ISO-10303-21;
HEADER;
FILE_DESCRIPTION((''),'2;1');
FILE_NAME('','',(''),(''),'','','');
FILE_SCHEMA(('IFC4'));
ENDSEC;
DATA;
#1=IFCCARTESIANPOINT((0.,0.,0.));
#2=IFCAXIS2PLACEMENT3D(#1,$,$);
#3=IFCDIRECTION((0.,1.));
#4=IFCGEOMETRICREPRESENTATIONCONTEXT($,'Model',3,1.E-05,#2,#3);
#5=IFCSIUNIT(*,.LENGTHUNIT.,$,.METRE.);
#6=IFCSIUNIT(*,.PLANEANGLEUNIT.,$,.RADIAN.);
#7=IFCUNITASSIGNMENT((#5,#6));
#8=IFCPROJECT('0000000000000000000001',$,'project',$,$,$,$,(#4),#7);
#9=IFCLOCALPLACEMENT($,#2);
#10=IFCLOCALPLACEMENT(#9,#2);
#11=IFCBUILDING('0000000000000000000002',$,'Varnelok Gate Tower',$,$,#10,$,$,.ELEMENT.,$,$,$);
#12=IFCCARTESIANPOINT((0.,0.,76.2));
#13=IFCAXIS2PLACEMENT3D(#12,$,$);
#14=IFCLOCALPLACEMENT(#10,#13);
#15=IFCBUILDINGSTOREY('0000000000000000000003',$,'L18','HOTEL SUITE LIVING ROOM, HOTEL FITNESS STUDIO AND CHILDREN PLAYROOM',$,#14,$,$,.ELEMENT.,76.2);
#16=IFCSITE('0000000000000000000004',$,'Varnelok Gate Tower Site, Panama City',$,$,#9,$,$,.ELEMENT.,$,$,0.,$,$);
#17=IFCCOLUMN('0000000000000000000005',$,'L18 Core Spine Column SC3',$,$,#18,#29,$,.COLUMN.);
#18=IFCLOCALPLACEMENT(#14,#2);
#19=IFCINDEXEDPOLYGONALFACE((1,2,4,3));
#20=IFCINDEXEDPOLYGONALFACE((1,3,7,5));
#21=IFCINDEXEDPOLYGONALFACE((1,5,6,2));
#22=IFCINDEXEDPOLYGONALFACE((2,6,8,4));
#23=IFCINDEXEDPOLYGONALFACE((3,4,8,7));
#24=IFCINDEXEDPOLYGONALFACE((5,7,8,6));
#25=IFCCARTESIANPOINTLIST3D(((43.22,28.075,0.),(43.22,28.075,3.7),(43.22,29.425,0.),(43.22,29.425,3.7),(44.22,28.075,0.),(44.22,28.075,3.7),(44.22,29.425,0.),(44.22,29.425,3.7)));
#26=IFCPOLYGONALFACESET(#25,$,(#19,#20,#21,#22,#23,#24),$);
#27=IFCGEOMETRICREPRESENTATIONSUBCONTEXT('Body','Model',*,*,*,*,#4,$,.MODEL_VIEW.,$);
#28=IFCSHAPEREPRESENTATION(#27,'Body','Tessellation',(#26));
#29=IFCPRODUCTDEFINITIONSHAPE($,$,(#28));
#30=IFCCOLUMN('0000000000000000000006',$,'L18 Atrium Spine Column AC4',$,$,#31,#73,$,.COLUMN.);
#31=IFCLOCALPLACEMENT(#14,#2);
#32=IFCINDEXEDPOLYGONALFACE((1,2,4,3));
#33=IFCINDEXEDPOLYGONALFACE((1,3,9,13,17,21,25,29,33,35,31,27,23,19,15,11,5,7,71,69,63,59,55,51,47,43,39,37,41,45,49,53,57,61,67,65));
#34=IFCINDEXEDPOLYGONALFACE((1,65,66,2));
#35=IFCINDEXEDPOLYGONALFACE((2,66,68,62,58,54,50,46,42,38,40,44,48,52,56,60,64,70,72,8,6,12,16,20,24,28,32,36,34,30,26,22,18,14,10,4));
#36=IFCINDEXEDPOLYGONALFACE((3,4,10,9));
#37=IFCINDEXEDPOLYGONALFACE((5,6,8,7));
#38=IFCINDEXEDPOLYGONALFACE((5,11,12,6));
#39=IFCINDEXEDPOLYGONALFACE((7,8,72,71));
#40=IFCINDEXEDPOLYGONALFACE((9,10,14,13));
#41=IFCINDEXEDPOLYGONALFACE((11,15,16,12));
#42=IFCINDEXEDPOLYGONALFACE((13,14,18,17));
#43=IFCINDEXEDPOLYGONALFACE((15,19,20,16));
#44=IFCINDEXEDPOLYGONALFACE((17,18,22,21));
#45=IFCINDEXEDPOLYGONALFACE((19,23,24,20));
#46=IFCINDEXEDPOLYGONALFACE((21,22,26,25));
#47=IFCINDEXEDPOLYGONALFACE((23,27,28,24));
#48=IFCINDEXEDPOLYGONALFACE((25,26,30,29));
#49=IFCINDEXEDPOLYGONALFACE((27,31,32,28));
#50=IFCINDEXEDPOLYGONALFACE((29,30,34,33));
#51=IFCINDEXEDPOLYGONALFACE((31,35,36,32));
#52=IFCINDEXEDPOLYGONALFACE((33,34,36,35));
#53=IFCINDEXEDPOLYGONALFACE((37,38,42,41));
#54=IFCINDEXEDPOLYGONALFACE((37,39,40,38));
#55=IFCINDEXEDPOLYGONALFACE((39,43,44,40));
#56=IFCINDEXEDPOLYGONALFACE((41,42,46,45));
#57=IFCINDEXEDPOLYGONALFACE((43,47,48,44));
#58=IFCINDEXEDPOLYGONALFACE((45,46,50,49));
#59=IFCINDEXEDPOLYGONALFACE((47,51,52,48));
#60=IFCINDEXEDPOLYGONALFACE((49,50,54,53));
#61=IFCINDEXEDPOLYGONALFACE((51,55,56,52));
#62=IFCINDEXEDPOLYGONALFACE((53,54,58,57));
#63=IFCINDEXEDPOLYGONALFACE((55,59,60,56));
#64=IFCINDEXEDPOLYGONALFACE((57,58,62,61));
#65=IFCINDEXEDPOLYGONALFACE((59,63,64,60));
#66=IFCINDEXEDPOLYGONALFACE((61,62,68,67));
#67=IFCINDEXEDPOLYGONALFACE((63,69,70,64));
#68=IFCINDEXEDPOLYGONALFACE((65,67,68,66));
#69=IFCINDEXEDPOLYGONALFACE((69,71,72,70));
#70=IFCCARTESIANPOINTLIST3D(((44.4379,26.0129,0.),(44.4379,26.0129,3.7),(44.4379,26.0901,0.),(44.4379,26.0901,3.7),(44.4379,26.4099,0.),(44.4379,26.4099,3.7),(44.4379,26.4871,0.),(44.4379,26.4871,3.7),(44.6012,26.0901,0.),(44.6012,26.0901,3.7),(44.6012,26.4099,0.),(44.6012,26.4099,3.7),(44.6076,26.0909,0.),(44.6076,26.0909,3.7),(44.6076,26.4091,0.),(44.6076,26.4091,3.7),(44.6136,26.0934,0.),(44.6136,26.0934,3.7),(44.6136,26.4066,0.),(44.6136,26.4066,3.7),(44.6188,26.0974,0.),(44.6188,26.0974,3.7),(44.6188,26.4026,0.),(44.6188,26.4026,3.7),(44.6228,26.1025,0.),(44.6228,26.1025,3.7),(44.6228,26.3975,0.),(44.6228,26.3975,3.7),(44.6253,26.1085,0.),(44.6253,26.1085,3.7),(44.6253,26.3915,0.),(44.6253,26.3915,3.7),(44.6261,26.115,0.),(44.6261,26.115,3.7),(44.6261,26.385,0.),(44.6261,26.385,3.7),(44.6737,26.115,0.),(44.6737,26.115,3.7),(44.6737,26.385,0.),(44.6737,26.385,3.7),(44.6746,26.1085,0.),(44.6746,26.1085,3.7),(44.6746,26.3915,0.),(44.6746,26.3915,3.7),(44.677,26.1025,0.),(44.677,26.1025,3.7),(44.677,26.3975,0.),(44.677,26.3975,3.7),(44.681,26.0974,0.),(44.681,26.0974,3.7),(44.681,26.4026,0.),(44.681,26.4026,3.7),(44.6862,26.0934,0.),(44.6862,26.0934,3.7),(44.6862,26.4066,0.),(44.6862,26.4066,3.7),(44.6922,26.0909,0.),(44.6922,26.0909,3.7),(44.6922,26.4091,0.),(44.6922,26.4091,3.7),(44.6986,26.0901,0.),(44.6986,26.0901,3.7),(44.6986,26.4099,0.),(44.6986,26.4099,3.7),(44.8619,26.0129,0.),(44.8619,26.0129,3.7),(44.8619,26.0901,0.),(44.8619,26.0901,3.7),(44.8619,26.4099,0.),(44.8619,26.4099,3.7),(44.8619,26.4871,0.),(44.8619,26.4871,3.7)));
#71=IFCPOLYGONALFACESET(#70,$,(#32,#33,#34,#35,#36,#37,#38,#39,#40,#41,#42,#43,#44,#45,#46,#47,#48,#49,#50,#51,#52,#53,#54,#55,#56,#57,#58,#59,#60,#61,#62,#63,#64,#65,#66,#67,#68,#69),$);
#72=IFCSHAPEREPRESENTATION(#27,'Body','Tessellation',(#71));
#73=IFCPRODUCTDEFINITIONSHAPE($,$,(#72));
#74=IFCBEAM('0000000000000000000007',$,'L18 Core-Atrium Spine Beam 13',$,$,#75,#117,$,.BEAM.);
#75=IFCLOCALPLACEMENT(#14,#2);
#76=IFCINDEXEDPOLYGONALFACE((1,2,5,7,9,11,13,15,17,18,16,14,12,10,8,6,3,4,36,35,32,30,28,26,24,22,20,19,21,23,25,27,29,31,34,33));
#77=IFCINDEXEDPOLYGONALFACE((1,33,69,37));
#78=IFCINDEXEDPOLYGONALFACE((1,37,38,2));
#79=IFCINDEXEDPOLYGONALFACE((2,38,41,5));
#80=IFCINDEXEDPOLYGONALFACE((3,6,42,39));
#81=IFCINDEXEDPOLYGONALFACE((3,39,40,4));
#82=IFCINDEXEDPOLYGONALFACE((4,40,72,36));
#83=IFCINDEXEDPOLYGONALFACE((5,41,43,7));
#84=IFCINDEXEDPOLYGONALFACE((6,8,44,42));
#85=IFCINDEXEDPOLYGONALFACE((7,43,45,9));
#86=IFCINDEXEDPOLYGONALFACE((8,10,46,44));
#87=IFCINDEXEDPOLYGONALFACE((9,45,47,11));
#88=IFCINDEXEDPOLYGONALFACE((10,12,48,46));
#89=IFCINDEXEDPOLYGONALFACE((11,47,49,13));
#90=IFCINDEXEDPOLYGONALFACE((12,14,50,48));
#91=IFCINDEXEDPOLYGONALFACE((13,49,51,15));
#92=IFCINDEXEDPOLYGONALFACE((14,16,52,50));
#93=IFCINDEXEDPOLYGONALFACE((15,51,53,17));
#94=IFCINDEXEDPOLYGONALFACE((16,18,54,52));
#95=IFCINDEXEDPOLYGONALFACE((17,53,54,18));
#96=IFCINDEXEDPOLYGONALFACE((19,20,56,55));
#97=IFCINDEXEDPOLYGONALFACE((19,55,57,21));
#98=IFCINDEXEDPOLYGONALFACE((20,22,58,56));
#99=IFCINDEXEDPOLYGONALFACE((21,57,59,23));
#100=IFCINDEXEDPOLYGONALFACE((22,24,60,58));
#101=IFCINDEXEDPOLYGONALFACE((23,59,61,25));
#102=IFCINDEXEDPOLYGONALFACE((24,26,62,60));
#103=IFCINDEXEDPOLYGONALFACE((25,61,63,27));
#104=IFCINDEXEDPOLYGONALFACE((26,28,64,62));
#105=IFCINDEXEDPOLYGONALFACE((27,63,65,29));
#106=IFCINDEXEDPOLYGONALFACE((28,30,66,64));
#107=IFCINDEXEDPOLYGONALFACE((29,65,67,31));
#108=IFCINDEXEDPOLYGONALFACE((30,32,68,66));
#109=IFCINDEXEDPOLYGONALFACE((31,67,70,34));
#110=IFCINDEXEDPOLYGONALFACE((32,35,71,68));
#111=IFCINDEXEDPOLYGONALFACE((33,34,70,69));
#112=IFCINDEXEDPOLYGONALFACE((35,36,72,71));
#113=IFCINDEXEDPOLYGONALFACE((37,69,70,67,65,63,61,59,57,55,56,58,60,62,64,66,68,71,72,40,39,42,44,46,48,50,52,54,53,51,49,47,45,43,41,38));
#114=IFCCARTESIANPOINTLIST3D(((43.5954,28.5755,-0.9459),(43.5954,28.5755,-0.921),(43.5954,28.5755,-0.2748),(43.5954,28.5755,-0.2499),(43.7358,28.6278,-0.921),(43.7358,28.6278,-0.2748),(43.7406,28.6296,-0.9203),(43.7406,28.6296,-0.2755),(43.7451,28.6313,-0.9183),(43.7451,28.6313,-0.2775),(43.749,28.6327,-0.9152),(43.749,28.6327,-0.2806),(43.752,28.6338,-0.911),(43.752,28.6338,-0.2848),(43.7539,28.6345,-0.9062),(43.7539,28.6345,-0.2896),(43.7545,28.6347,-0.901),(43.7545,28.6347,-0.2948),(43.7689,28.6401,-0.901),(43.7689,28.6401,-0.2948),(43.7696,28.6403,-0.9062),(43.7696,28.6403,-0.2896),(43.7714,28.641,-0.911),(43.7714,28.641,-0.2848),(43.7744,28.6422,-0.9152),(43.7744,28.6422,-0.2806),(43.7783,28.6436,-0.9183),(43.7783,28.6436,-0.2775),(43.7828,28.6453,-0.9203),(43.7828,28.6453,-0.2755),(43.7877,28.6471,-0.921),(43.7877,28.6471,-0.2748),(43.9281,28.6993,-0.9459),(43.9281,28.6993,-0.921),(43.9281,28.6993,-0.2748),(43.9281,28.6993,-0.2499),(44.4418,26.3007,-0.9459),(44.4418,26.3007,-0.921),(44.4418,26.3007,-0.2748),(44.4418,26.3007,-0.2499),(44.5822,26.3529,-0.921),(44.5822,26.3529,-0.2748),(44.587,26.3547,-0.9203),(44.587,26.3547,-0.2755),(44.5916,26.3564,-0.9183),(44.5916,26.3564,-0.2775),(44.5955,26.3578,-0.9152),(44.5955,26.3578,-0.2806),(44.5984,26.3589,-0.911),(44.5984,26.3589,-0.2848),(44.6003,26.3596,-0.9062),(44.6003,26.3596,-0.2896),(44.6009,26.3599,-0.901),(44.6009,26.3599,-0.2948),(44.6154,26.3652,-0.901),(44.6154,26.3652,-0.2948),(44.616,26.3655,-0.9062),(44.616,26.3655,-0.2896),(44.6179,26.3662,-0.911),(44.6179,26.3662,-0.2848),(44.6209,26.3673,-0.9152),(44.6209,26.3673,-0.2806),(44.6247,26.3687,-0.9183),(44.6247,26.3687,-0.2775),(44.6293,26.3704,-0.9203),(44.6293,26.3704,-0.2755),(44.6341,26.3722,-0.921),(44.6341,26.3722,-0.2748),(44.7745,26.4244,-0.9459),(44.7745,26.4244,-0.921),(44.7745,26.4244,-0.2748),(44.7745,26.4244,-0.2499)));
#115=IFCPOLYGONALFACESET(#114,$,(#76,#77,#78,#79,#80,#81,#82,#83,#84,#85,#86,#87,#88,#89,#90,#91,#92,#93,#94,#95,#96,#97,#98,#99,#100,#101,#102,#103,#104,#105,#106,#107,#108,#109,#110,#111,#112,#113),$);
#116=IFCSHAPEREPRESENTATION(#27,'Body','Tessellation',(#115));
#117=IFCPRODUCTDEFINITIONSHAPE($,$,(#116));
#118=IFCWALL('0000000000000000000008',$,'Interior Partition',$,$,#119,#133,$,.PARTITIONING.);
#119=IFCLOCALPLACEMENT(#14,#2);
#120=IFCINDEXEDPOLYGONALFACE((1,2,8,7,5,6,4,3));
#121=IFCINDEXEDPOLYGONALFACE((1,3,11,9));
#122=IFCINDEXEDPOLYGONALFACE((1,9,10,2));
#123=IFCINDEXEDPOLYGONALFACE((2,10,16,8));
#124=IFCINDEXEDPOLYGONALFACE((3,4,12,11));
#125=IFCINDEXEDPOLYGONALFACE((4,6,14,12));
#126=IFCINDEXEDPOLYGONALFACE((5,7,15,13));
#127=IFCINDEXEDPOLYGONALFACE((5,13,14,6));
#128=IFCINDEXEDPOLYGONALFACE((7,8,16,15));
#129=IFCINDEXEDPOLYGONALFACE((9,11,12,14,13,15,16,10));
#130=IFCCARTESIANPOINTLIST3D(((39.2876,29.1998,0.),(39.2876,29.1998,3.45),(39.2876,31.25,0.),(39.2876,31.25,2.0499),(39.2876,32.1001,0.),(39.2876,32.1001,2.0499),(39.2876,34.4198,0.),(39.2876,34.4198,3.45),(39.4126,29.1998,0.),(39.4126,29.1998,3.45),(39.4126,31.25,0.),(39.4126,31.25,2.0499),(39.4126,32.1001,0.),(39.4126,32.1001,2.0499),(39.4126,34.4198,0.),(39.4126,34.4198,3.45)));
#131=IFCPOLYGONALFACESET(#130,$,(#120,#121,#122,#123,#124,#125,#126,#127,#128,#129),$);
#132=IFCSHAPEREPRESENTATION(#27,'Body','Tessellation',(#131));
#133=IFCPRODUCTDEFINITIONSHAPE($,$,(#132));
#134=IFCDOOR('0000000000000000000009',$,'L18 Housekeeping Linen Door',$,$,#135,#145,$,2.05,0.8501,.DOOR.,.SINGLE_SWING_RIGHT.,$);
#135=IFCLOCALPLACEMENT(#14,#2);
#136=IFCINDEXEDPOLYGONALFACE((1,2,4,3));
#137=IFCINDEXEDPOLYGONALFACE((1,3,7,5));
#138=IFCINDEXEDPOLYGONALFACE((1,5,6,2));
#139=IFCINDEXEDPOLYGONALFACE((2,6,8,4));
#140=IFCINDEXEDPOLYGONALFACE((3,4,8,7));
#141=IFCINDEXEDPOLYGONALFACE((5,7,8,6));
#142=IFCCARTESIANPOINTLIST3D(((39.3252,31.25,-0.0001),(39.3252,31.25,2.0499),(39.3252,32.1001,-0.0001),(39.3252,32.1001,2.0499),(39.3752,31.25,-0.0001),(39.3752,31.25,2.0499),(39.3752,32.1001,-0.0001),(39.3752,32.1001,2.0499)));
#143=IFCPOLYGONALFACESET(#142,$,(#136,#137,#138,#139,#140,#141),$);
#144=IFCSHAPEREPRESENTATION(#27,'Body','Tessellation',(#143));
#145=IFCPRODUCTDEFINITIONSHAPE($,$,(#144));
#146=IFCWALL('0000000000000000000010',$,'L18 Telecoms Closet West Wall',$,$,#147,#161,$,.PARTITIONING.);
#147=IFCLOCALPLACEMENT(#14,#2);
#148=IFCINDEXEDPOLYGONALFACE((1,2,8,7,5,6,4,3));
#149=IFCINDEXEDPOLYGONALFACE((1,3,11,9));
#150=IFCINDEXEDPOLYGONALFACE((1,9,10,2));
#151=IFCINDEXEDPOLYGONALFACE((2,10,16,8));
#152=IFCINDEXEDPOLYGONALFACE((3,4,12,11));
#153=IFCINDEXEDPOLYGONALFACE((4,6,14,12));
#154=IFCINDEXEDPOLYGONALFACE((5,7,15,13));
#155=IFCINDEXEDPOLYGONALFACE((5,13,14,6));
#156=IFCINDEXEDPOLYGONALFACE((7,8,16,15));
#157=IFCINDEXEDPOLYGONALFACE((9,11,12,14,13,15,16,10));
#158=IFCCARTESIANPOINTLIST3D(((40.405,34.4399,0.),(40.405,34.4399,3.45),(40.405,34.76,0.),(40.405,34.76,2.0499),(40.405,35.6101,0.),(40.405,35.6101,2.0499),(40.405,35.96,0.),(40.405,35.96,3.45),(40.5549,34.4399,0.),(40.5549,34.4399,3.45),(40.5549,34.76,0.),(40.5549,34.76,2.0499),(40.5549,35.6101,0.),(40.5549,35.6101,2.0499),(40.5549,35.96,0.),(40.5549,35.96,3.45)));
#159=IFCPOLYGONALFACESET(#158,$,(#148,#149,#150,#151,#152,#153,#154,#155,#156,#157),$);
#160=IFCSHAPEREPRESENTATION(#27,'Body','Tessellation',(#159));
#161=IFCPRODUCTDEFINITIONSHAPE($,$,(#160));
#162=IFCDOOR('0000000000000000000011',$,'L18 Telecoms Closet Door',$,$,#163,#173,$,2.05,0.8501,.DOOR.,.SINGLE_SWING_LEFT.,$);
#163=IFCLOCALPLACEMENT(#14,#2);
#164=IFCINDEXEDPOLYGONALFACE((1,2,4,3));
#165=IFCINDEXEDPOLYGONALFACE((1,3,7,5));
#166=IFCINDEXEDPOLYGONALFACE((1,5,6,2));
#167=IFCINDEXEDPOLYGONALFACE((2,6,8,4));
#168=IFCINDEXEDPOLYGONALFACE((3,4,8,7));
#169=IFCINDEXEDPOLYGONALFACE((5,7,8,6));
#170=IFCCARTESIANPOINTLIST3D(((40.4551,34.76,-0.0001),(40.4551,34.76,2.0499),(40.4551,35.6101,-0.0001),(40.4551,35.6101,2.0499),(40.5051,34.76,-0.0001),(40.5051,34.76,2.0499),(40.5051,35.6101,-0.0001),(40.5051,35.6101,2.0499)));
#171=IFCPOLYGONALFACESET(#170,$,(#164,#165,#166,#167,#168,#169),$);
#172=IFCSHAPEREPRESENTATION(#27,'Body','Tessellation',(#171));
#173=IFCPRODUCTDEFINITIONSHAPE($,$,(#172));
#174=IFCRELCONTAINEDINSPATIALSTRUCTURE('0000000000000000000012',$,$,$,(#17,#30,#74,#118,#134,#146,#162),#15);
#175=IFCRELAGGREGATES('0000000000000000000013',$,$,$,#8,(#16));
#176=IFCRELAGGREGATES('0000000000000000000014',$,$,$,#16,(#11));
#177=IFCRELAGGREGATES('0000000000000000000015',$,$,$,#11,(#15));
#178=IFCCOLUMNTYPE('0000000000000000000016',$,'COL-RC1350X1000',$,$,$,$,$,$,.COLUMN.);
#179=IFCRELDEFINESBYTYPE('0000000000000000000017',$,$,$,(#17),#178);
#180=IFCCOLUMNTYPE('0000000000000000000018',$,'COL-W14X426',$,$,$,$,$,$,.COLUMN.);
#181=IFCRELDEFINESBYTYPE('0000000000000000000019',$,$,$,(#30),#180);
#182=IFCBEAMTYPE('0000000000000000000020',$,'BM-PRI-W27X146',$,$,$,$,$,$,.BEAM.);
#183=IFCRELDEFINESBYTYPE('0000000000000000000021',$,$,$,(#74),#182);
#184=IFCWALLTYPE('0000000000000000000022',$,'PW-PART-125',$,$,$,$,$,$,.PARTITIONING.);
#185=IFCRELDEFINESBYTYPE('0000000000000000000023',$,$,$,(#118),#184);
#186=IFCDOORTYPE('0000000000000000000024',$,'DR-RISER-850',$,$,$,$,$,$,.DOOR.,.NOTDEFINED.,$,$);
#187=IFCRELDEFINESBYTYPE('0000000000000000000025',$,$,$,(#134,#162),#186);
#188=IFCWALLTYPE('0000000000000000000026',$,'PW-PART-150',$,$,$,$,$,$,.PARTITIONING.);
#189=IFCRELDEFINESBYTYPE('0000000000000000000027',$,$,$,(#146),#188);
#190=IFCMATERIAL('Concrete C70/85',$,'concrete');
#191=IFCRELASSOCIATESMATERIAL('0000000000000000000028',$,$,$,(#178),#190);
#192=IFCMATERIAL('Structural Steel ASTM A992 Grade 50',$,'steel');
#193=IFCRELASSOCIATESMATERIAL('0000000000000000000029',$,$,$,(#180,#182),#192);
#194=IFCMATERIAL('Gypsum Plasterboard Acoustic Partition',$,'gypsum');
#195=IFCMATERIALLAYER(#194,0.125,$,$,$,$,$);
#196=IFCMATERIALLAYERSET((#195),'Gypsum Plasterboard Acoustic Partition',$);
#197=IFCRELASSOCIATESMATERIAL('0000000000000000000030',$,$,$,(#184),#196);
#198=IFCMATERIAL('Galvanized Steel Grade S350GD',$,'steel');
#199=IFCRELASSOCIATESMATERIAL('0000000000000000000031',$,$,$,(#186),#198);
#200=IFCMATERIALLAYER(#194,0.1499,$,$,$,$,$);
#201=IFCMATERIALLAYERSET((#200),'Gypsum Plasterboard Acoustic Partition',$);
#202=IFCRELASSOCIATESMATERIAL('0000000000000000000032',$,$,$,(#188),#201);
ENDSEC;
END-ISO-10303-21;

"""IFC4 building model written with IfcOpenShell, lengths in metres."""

from ifc_helpers import new_model, si_unit, direction, frame, frame_2d, origin, origin_2d, place, context, subcontext, project, spatial, rectangle, i_section, extrude, material, layer, layer_set, material_profile, profile_set, type_object, element, fill, save


model = new_model("IFC4")

# Units and contexts
model_context = context("Model", 3, precision=1e-05, world=origin(), true_north=direction((0.0, 1.0)))
body_context = subcontext(model_context, "Body", "Model", "MODEL_VIEW")
ifc_project = project(units=[si_unit("LENGTHUNIT", "METRE"), si_unit("PLANEANGLEUNIT", "RADIAN")], contexts=[model_context])

# Site, building, storey
site_placement = place(None, origin())
site = spatial("IfcSite", under=ifc_project, at=site_placement, Name="Varnelok Gate Tower Site, Panama City", CompositionType="ELEMENT", RefElevation=0.0)
building_placement = place(site_placement, origin())
building = spatial("IfcBuilding", under=site, at=building_placement, Name="Varnelok Gate Tower", CompositionType="ELEMENT")
storey_placement = place(building_placement, frame((0.0, 0.0, 76.2)))
storey = spatial("IfcBuildingStorey", under=building, at=storey_placement, Name="L18", Description="HOTEL SUITE LIVING ROOM, HOTEL FITNESS STUDIO AND CHILDREN PLAYROOM", CompositionType="ELEMENT", Elevation=76.2)

# Columns
ifc_material_1 = material(Name="Concrete C70/85", Category="concrete")
ifc_material_profile_1 = material_profile(ifc_material_1, rectangle(XDim=1.0, YDim=1.3501, at=origin_2d()), Name="RC1350X1000")
ifc_profile_set_1 = profile_set([ifc_material_profile_1], Name="Concrete C70/85")
column_type_1 = type_object("IfcColumnType", Name="COL-RC1350X1000", PredefinedType="COLUMN", material=ifc_profile_set_1)
column_1_placement = place(storey_placement, frame((43.72, 28.75, 0.0), z_axis=(0.0, 0.0, 1.0), x_axis=(1.0, 0.0, 0.0)))
element("IfcColumn", 1, at=column_1_placement, inside=storey, type_object=column_type_1, Name="L18 Core Spine Column SC3", PredefinedType="COLUMN", context=body_context, shape_type="SweptSolid", body=[
    extrude(rectangle(XDim=1.0, YDim=1.3501, at=origin_2d()), origin(), (0.0, 0.0, 1.0), 3.7),
])
ifc_material_2 = material(Name="Structural Steel ASTM A992 Grade 50", Category="steel")
ifc_material_profile_2 = material_profile(ifc_material_2, i_section(OverallWidth=0.4241, OverallDepth=0.4741, WebThickness=0.0476, FlangeThickness=0.0771, FilletRadius=0.0249, at=origin_2d()), Name="W14X426")
ifc_profile_set_2 = profile_set([ifc_material_profile_2], Name="Structural Steel ASTM A992 Grade 50")
column_type_2 = type_object("IfcColumnType", Name="COL-W14X426", PredefinedType="COLUMN", material=ifc_profile_set_2)
column_2_placement = place(storey_placement, frame((44.6499, 26.25, 0.0), z_axis=(0.0, 0.0, 1.0), x_axis=(1.0, 0.0, 0.0)))
element("IfcColumn", 2, at=column_2_placement, inside=storey, type_object=column_type_2, Name="L18 Atrium Spine Column AC4", PredefinedType="COLUMN", context=body_context, shape_type="SweptSolid", body=[
    extrude(i_section(OverallWidth=0.4241, OverallDepth=0.4741, WebThickness=0.0476, FlangeThickness=0.0771, FilletRadius=0.0249, at=origin_2d()), origin(), (0.0, 0.0, 1.0), 3.7),
])

# Beam
ifc_material_profile_3 = material_profile(ifc_material_2, i_section(OverallWidth=0.355, OverallDepth=0.696, WebThickness=0.0154, FlangeThickness=0.0249, FilletRadius=0.02, at=origin_2d()), Name="W27X146")
ifc_profile_set_3 = profile_set([ifc_material_profile_3], Name="Structural Steel ASTM A992 Grade 50")
beam_type = type_object("IfcBeamType", Name="BM-PRI-W27X146", PredefinedType="BEAM", material=ifc_profile_set_3)
beam_placement = place(storey_placement, frame((44.6082, 26.3625, -0.5979), z_axis=(-0.348719, 0.937227, 0.0), x_axis=(-0.937227, -0.348719, 0.0)))
element("IfcBeam", 3, at=beam_placement, inside=storey, type_object=beam_type, Name="L18 Core-Atrium Spine Beam 13", PredefinedType="BEAM", context=body_context, shape_type="SweptSolid", body=[
    extrude(i_section(OverallWidth=0.355, OverallDepth=0.696, WebThickness=0.0154, FlangeThickness=0.0249, FilletRadius=0.02, at=origin_2d()), origin(), (0.0, 0.0, 1.0), 2.4272),
])

# Walls, openings, doors
ifc_material_3 = material(Name="Gypsum Plasterboard Acoustic Partition", Category="gypsum")
ifc_layer_1 = layer(ifc_material_3, 0.125)
ifc_layer_set_1 = layer_set([ifc_layer_1], Name="Gypsum Plasterboard Acoustic Partition")
wall_type_1 = type_object("IfcWallType", Name="PW-PART-125", PredefinedType="PARTITIONING", material=ifc_layer_set_1)
wall_1_placement = place(storey_placement, frame((39.3501, 29.2, 0.0), z_axis=(0.0, 0.0, 1.0), x_axis=(0.0, 1.0, 0.0)))
wall_1 = element("IfcWall", 4, at=wall_1_placement, inside=storey, type_object=wall_type_1, Name="Interior Partition", PredefinedType="PARTITIONING", context=body_context, shape_type="SweptSolid", body=[
    extrude(rectangle(XDim=5.22, YDim=0.125, at=frame_2d((2.6099, 0.0))), origin(), (0.0, 0.0, 1.0), 3.45),
])
opening_1_placement = place(wall_1_placement, frame((2.05, 0.0, 0.0)))
opening_1 = element("IfcOpeningElement", 5, at=opening_1_placement, cuts=wall_1, PredefinedType="OPENING", context=body_context, shape_type="SweptSolid", body=[
    extrude(rectangle(XDim=0.8501, YDim=2.05, at=frame_2d((0.425, 1.0249))), frame((0.0, 0.0725, 0.0), z_axis=(0.0, -1.0, 0.0), x_axis=(1.0, 0.0, 0.0)), (0.0, 0.0, 1.0), 0.145),
])
ifc_material_4 = material(Name="Galvanized Steel Grade S350GD", Category="steel")
door_type_1 = type_object("IfcDoorType", Name="DR-RISER-850", OperationType="NOTDEFINED", PredefinedType="DOOR", material=ifc_material_4)
door_1_placement = place(opening_1_placement, origin())
door_1 = element("IfcDoor", 6, at=door_1_placement, inside=storey, type_object=door_type_1, Name="L18 Housekeeping Linen Door", OperationType="SINGLE_SWING_RIGHT", OverallHeight=2.05, OverallWidth=0.8501, PredefinedType="DOOR", context=body_context, shape_type="SweptSolid", body=[
    extrude(rectangle(XDim=0.8501, YDim=2.05, at=frame_2d((0.425, 1.0249))), frame((0.0, 0.0249, 0.0), z_axis=(0.0, -1.0, 0.0), x_axis=(1.0, 0.0, 0.0)), (0.0, 0.0, 1.0), 0.05),
])
fill(opening_1, door_1)
ifc_layer_2 = layer(ifc_material_3, 0.1499)
ifc_layer_set_2 = layer_set([ifc_layer_2], Name="Gypsum Plasterboard Acoustic Partition")
wall_type_2 = type_object("IfcWallType", Name="PW-PART-150", PredefinedType="PARTITIONING", material=ifc_layer_set_2)
wall_2_placement = place(storey_placement, frame((40.48, 34.4399, 0.0), z_axis=(0.0, 0.0, 1.0), x_axis=(0.0, 1.0, 0.0)))
wall_2 = element("IfcWall", 7, at=wall_2_placement, inside=storey, type_object=wall_type_2, Name="L18 Telecoms Closet West Wall", PredefinedType="PARTITIONING", context=body_context, shape_type="SweptSolid", body=[
    extrude(rectangle(XDim=1.52, YDim=0.1499, at=frame_2d((0.76, 0.0))), origin(), (0.0, 0.0, 1.0), 3.45),
])
opening_2_placement = place(wall_2_placement, frame((0.3201, 0.0, 0.0)))
opening_2 = element("IfcOpeningElement", 8, at=opening_2_placement, cuts=wall_2, PredefinedType="OPENING", context=body_context, shape_type="SweptSolid", body=[
    extrude(rectangle(XDim=0.8501, YDim=2.05, at=frame_2d((0.425, 1.0249))), frame((0.0, 0.085, 0.0), z_axis=(0.0, -1.0, 0.0), x_axis=(1.0, 0.0, 0.0)), (0.0, 0.0, 1.0), 0.1699),
])
door_2_placement = place(opening_2_placement, origin())
door_2 = element("IfcDoor", 9, at=door_2_placement, inside=storey, type_object=door_type_1, Name="L18 Telecoms Closet Door", OperationType="SINGLE_SWING_LEFT", OverallHeight=2.05, OverallWidth=0.8501, PredefinedType="DOOR", context=body_context, shape_type="SweptSolid", body=[
    extrude(rectangle(XDim=0.8501, YDim=2.05, at=frame_2d((0.425, 1.0249))), frame((0.0, 0.0249, 0.0), z_axis=(0.0, -1.0, 0.0), x_axis=(1.0, 0.0, 0.0)), (0.0, 0.0, 1.0), 0.05),
])
fill(opening_2, door_2)

save(model, "model.ifc")
